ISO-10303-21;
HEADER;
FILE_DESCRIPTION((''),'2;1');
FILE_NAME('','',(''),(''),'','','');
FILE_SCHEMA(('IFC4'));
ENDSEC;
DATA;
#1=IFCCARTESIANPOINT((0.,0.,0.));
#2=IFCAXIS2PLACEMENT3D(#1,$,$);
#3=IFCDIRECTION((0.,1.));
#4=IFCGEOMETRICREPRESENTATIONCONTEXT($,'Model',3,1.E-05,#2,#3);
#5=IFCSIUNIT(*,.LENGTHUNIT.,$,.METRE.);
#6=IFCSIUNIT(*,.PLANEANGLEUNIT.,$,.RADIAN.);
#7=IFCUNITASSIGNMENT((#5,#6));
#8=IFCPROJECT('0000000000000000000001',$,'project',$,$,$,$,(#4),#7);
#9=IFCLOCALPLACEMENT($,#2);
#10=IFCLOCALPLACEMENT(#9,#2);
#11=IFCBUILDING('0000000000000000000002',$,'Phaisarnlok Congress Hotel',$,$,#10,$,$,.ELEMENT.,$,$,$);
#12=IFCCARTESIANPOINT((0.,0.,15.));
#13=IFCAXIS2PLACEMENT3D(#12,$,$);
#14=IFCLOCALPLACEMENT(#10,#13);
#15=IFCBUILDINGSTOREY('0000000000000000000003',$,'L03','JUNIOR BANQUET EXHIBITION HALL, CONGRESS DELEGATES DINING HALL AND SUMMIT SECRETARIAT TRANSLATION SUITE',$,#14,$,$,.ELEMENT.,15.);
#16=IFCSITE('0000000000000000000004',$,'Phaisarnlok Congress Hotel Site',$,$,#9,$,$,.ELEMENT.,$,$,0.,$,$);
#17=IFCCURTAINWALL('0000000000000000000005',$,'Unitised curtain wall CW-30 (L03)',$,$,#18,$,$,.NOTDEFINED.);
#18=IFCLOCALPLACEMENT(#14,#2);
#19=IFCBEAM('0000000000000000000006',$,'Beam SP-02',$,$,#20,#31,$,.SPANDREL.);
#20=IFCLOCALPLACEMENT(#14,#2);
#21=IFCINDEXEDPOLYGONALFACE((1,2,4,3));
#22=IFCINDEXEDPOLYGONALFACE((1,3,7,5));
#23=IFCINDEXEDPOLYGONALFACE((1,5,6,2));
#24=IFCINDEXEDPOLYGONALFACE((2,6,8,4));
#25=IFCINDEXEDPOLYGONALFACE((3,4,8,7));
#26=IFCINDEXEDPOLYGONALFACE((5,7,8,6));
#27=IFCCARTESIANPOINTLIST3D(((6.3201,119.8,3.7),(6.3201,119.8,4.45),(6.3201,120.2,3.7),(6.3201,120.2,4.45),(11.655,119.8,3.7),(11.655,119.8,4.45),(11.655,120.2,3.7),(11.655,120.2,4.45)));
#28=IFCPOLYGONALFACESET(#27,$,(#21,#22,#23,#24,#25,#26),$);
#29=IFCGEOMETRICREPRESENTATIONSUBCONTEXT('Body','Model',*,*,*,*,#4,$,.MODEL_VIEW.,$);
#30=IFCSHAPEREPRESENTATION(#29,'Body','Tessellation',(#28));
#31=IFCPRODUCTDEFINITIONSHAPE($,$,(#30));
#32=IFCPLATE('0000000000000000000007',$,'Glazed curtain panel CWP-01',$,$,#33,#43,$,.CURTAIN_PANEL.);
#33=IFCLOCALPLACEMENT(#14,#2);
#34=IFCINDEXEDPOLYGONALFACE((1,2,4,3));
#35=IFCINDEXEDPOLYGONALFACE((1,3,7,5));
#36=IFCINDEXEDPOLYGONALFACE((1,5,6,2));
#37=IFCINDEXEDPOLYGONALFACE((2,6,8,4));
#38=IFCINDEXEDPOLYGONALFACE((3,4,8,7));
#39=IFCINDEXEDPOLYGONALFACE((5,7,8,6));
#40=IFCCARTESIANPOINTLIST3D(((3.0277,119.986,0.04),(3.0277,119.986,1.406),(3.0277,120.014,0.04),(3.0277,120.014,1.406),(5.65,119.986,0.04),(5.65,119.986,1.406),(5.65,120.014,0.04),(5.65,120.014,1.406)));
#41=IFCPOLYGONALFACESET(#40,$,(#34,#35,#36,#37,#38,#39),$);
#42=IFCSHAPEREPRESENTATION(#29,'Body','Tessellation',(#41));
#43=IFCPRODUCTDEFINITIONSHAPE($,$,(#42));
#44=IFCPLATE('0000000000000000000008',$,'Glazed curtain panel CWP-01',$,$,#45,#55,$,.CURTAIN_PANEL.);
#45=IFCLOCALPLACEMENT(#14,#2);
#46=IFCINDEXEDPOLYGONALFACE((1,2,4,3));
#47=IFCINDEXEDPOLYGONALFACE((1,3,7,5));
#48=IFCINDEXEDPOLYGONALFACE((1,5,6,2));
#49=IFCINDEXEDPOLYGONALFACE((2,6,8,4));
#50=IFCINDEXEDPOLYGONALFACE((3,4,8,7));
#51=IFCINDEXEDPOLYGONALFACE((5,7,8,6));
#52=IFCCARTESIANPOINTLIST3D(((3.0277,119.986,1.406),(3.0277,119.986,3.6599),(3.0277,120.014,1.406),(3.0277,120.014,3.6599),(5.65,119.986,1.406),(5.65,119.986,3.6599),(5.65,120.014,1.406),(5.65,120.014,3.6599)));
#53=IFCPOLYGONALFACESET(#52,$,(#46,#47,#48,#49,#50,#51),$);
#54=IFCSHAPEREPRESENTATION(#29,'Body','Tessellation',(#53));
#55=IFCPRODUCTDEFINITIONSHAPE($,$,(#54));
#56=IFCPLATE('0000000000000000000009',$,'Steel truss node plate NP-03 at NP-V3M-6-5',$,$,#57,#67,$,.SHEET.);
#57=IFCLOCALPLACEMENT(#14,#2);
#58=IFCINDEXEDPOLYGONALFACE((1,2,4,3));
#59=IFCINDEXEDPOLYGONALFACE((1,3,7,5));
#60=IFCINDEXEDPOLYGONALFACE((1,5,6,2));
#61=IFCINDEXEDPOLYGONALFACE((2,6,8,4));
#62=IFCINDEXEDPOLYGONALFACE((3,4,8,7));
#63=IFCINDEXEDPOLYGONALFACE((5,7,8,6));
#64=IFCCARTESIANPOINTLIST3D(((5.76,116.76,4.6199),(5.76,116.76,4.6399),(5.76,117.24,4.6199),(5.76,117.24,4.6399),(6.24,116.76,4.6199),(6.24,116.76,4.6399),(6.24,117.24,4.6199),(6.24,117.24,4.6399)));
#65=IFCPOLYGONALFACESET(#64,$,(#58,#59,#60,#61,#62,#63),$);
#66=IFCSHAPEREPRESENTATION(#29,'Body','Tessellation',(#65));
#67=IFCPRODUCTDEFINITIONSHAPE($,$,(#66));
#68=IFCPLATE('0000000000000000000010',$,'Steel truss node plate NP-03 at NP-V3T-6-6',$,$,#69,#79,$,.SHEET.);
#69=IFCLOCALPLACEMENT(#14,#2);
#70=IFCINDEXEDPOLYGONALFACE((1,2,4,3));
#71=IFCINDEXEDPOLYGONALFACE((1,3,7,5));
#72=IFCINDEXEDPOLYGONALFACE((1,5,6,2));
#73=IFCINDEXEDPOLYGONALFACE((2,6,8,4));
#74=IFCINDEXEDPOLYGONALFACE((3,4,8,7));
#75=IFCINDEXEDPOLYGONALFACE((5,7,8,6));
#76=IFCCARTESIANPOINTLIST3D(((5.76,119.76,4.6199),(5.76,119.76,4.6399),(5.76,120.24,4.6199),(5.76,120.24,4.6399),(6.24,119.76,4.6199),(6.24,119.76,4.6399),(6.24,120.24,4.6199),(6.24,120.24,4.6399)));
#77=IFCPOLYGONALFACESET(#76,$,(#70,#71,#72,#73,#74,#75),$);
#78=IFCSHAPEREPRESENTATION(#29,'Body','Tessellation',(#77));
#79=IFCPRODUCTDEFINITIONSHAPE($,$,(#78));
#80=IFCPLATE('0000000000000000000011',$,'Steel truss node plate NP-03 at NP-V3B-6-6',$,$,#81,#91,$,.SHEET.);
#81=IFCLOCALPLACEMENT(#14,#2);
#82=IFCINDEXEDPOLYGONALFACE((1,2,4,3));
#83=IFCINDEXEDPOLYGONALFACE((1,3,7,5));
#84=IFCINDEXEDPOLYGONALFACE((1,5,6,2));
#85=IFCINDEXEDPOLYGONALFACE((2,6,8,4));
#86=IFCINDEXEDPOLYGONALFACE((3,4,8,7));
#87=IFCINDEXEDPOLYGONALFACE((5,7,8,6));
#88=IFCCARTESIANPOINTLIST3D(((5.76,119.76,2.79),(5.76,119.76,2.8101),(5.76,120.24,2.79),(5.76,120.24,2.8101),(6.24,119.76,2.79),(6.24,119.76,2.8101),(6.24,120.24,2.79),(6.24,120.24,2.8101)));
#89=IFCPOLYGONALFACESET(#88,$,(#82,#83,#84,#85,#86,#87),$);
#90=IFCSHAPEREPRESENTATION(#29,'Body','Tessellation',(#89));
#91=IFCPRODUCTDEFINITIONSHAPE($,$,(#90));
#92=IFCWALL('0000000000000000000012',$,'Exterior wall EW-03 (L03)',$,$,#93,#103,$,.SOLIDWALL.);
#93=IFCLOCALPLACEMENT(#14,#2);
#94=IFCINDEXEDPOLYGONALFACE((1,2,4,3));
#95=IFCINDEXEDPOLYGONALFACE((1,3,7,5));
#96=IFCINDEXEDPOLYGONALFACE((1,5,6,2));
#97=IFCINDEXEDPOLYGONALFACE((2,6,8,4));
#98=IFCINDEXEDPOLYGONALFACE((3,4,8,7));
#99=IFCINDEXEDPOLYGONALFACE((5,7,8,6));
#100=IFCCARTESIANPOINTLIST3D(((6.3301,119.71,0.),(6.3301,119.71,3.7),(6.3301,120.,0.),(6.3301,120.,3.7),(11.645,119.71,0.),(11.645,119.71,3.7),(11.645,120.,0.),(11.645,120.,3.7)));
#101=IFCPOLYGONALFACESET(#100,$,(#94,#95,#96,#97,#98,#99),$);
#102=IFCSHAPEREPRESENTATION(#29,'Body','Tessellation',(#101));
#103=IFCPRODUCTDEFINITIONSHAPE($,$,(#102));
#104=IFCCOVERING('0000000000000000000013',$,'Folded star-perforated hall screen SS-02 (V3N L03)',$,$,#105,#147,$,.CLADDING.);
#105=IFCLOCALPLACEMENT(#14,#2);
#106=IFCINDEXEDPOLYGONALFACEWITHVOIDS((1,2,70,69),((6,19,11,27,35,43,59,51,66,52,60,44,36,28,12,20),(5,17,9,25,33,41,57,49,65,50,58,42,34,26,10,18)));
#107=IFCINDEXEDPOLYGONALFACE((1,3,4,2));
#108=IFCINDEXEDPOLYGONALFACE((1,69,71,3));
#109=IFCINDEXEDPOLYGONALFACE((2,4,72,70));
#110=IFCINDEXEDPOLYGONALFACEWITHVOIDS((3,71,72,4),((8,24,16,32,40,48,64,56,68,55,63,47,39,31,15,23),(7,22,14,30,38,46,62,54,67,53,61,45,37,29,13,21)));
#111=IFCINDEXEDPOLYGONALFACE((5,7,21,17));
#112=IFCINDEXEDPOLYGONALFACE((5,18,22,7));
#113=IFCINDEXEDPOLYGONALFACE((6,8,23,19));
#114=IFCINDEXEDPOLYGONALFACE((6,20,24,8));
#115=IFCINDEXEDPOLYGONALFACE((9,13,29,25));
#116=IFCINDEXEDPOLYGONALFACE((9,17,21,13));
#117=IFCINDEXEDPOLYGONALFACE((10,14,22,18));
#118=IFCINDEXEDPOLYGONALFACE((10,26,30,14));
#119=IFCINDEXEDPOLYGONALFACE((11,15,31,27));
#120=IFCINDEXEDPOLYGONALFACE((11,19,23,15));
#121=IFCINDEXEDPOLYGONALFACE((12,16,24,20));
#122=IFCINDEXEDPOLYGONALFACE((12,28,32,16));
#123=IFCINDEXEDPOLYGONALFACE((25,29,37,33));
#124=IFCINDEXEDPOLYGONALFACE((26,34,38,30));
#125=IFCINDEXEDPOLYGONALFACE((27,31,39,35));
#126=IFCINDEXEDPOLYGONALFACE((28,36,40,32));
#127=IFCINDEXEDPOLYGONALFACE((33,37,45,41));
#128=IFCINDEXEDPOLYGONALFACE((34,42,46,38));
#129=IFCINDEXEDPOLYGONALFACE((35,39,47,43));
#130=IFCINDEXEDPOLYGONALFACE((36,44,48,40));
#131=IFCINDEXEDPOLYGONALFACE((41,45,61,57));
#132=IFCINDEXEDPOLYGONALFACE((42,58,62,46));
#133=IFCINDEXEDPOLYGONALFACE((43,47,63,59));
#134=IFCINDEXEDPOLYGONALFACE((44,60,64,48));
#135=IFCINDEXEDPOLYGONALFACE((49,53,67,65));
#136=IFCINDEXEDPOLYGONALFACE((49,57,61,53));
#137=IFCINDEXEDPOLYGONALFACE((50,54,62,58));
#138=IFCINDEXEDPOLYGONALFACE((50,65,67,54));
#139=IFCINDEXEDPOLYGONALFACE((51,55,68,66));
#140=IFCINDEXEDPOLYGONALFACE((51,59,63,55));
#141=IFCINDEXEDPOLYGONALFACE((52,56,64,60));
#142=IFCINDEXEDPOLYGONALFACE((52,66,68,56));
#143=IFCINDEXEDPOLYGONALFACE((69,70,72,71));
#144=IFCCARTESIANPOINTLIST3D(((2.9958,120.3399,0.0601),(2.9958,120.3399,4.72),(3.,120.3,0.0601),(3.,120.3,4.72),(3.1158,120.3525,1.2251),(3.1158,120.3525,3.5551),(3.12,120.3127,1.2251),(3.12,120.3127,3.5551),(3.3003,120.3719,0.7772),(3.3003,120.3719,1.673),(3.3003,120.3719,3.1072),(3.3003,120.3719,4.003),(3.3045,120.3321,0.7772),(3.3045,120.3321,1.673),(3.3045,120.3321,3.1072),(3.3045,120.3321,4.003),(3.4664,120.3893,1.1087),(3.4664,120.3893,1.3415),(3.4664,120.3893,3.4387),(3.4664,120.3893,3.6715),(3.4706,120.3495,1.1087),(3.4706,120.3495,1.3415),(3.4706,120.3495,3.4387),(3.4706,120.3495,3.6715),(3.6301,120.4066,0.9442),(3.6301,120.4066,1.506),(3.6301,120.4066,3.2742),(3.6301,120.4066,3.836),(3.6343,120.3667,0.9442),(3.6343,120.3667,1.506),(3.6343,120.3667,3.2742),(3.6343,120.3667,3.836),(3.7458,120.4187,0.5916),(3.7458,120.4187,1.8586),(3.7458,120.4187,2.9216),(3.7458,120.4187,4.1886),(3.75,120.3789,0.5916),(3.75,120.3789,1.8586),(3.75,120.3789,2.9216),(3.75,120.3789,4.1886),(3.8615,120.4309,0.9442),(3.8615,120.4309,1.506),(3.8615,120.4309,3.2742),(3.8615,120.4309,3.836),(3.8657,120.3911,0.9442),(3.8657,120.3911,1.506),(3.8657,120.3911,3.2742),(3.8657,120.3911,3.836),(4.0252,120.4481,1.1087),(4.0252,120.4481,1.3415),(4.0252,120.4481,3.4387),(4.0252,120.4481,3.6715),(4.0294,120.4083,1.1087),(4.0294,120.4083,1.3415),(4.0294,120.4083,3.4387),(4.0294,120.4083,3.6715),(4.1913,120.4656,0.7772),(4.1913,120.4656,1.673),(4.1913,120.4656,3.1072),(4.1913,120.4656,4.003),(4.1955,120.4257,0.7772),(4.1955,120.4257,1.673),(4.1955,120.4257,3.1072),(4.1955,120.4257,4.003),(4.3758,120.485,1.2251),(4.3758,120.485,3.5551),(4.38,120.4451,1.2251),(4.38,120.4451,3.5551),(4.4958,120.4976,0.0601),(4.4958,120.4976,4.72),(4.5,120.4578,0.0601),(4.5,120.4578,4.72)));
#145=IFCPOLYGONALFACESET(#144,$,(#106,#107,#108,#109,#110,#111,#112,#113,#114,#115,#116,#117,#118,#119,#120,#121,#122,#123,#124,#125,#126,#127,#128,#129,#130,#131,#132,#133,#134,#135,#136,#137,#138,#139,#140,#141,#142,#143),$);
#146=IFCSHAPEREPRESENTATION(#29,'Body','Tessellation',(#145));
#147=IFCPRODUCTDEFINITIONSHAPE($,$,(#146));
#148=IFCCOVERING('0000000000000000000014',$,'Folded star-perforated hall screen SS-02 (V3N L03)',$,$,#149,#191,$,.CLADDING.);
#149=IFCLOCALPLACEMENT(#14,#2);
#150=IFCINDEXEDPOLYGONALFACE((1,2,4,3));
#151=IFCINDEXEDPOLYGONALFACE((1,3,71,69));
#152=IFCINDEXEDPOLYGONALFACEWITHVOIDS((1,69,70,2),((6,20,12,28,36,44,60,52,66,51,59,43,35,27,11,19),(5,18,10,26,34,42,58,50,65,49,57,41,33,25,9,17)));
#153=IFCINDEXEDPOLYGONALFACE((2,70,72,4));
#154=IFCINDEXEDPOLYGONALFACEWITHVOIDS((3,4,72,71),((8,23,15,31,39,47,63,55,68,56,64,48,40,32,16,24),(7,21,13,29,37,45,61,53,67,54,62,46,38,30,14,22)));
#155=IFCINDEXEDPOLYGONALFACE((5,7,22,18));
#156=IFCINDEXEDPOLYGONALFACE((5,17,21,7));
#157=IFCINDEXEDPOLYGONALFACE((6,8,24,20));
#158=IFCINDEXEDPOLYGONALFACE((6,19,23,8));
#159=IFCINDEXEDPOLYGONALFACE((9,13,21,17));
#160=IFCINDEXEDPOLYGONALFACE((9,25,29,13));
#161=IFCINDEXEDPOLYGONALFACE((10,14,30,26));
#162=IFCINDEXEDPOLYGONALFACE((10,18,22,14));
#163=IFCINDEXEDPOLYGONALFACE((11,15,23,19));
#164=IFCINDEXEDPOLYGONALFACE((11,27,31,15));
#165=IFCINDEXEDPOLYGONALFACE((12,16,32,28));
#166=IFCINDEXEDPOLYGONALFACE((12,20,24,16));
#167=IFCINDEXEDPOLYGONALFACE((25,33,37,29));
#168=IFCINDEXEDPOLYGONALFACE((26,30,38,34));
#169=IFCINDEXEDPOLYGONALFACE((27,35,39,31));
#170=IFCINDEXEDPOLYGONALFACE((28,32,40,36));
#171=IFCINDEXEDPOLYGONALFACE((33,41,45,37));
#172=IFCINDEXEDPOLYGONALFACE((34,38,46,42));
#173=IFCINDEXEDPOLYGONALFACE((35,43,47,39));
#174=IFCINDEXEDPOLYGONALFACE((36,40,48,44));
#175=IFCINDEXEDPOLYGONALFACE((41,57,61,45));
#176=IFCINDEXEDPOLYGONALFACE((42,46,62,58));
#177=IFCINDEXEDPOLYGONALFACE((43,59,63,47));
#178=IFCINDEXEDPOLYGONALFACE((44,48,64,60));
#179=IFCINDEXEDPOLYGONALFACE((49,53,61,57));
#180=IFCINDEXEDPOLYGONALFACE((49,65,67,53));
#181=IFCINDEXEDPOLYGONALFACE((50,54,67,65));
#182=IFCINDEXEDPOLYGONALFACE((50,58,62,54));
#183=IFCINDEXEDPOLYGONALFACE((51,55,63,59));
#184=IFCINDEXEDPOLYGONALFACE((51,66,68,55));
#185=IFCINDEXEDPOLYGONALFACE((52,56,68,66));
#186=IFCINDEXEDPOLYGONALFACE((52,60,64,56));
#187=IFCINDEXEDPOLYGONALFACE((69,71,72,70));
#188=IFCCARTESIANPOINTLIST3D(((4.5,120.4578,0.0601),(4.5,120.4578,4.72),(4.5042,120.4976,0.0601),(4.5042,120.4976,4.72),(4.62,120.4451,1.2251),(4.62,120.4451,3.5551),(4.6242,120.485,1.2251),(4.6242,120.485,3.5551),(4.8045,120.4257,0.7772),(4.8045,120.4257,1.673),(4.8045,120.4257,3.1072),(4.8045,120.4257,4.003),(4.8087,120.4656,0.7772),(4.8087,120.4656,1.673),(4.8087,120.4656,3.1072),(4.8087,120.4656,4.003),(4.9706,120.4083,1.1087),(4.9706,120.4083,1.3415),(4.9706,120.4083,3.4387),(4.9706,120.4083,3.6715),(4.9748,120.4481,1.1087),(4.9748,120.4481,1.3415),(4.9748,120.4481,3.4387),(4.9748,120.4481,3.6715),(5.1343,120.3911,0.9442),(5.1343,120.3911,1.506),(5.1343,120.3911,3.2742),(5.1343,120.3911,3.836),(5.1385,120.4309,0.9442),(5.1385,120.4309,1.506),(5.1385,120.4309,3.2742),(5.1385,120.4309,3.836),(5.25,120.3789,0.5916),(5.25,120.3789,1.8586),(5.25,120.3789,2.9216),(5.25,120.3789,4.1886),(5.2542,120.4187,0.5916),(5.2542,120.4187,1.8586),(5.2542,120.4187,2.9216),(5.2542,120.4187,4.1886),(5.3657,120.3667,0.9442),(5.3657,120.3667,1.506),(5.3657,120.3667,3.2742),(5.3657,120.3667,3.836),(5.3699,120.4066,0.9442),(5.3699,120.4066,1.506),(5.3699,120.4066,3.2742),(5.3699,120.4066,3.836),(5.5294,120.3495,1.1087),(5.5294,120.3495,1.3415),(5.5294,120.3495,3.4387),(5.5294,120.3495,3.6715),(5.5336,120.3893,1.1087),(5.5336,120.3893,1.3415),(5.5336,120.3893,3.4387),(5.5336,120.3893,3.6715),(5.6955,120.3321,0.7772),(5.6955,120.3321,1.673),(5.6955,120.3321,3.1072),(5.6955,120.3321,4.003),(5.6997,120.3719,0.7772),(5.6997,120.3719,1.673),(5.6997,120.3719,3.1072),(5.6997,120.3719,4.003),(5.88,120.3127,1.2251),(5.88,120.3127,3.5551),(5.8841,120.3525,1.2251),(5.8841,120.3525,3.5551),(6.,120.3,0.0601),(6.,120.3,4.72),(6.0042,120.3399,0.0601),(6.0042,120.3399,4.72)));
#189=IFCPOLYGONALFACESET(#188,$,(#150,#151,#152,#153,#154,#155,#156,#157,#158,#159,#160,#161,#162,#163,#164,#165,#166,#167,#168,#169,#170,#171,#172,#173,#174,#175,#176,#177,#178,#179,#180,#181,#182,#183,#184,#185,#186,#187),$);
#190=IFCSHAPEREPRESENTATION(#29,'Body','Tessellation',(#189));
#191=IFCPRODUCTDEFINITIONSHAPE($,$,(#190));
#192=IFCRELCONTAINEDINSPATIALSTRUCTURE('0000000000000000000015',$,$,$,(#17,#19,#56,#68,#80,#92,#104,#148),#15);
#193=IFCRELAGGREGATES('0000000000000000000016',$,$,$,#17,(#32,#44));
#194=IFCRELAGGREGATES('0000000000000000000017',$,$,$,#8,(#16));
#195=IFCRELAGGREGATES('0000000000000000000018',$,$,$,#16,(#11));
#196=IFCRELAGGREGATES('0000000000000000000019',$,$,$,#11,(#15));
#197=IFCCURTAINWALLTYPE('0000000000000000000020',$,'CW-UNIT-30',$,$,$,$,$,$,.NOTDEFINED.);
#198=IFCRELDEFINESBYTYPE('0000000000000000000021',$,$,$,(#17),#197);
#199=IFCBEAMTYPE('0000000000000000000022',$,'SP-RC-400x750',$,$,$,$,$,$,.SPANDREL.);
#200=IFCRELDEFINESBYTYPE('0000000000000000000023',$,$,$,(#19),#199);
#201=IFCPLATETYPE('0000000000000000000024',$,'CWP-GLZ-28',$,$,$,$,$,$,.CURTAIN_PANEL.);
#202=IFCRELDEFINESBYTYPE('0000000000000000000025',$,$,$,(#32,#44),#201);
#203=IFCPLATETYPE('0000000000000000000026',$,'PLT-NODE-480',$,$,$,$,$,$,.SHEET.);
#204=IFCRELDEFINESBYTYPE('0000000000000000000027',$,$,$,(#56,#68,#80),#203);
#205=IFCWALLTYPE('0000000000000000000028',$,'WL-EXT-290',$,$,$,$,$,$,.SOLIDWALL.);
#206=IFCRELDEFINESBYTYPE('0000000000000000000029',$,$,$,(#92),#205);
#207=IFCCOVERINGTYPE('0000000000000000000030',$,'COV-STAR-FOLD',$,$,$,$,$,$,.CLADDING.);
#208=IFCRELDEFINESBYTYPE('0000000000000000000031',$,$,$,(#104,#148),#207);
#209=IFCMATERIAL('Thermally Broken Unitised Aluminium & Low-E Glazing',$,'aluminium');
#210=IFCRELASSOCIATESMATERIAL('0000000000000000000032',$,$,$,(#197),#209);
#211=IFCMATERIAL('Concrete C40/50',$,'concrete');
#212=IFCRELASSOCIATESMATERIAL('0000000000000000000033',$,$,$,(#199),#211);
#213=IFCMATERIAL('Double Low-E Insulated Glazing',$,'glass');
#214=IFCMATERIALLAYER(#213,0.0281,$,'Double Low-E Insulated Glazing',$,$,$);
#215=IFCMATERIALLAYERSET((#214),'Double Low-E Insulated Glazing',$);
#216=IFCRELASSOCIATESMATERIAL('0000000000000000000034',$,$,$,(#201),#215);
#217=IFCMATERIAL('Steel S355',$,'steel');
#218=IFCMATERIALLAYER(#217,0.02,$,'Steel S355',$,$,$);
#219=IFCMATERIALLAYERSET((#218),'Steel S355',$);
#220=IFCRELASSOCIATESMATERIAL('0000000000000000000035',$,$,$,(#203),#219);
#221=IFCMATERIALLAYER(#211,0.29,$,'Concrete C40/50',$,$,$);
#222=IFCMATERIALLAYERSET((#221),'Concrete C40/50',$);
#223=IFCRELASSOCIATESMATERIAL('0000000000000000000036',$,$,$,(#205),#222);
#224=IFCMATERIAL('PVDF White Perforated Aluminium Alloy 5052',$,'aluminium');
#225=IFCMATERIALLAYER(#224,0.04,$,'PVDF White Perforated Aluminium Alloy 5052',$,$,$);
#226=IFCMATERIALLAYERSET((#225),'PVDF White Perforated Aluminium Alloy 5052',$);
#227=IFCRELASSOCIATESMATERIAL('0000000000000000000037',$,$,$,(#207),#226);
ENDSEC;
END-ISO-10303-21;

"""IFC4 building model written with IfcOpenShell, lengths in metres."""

from ifc_helpers import new_model, si_unit, direction, frame, frame_2d, origin, origin_2d, place, context, subcontext, project, spatial, polyline, rectangle, outline, extrude, material, layer, layer_set, material_profile, profile_set, type_object, element, aggregate, save


model = new_model("IFC4")

# Units and contexts
model_context = context("Model", 3, precision=1e-05, world=origin(), true_north=direction((0.0, 1.0)))
body_context = subcontext(model_context, "Body", "Model", "MODEL_VIEW")
ifc_project = project(units=[si_unit("LENGTHUNIT", "METRE"), si_unit("PLANEANGLEUNIT", "RADIAN")], contexts=[model_context])

# Site, building, storey
site_placement = place(None, origin())
site = spatial("IfcSite", under=ifc_project, at=site_placement, Name="Phaisarnlok Congress Hotel Site", CompositionType="ELEMENT", RefElevation=0.0)
building_placement = place(site_placement, origin())
building = spatial("IfcBuilding", under=site, at=building_placement, Name="Phaisarnlok Congress Hotel", CompositionType="ELEMENT")
storey_placement = place(building_placement, frame((0.0, 0.0, 15.0)))
storey = spatial("IfcBuildingStorey", under=building, at=storey_placement, Name="L03", Description="JUNIOR BANQUET EXHIBITION HALL, CONGRESS DELEGATES DINING HALL AND SUMMIT SECRETARIAT TRANSLATION SUITE", CompositionType="ELEMENT", Elevation=15.0)

# Curtain wall
ifc_material_1 = material(Name="Thermally Broken Unitised Aluminium & Low-E Glazing", Category="aluminium")
curtain_wall_type = type_object("IfcCurtainWallType", Name="CW-UNIT-30", PredefinedType="NOTDEFINED", material=ifc_material_1)
curtain_wall_placement = place(storey_placement, origin())
curtain_wall = element("IfcCurtainWall", 1, at=curtain_wall_placement, inside=storey, type_object=curtain_wall_type, Name="Unitised curtain wall CW-30 (L03)", PredefinedType="NOTDEFINED")

# Shared definitions
ifc_material_2 = material(Name="Steel S355", Category="steel")

# Beam
ifc_material_3 = material(Name="Concrete C40/50", Category="concrete")
ifc_material_profile_1 = material_profile(ifc_material_3, rectangle(XDim=0.3999, YDim=0.75, at=origin_2d()), Name="RC 400x750")
ifc_profile_set_1 = profile_set([ifc_material_profile_1], Name="Concrete C40/50")
beam_type = type_object("IfcBeamType", Name="SP-RC-400x750", PredefinedType="SPANDREL", material=ifc_profile_set_1)
beam_placement = place(storey_placement, frame((6.3201, 120.0, 4.075), z_axis=(1.0, 0.0, 0.0), x_axis=(0.0, 1.0, 0.0)))
element("IfcBeam", 2, at=beam_placement, inside=storey, type_object=beam_type, Name="Beam SP-02", PredefinedType="SPANDREL", context=body_context, shape_type="SweptSolid", body=[
    extrude(rectangle(XDim=0.3999, YDim=0.75, at=origin_2d()), origin(), (0.0, 0.0, 1.0), 5.335),
])

# Plates
ifc_material_4 = material(Name="Double Low-E Insulated Glazing", Category="glass")
ifc_layer_1 = layer(ifc_material_4, 0.0281, Name="Double Low-E Insulated Glazing")
ifc_layer_set_1 = layer_set([ifc_layer_1], Name="Double Low-E Insulated Glazing")
plate_type_1 = type_object("IfcPlateType", Name="CWP-GLZ-28", PredefinedType="CURTAIN_PANEL", material=ifc_layer_set_1)
plate_1_placement = place(storey_placement, frame((5.6499, 120.0, 0.04), z_axis=(0.0, 0.0, 1.0), x_axis=(-1.0, 0.0, 0.0)))
plate_1 = element("IfcPlate", 3, at=plate_1_placement, type_object=plate_type_1, Name="Glazed curtain panel CWP-01", PredefinedType="CURTAIN_PANEL", context=body_context, shape_type="SweptSolid", body=[
    extrude(rectangle(XDim=2.6223, YDim=0.0281, at=frame_2d((1.311, 0.0))), origin(), (0.0, 0.0, 1.0), 1.366),
])
plate_2_placement = place(storey_placement, frame((5.6499, 120.0, 1.406), z_axis=(0.0, 0.0, 1.0), x_axis=(-1.0, 0.0, 0.0)))
plate_2 = element("IfcPlate", 4, at=plate_2_placement, type_object=plate_type_1, Name="Glazed curtain panel CWP-01", PredefinedType="CURTAIN_PANEL", context=body_context, shape_type="SweptSolid", body=[
    extrude(rectangle(XDim=2.6223, YDim=0.0281, at=frame_2d((1.311, 0.0))), origin(), (0.0, 0.0, 1.0), 2.2539),
])
aggregate(curtain_wall, [plate_1, plate_2])

# Plates
ifc_layer_2 = layer(ifc_material_2, 0.02, Name="Steel S355")
ifc_layer_set_2 = layer_set([ifc_layer_2], Name="Steel S355")
plate_type_2 = type_object("IfcPlateType", Name="PLT-NODE-480", PredefinedType="SHEET", material=ifc_layer_set_2)
for number, where, z_axis, x_axis, name in (
    (5, (6.0, 117.0, 4.6199), (0.0, 0.0, 1.0), (1.0, 0.0, 0.0), "Steel truss node plate NP-03 at NP-V3M-6-5"),
    (6, (6.0, 120.0, 4.6199), (0.0, 0.0, 1.0), (1.0, 0.0, 0.0), "Steel truss node plate NP-03 at NP-V3T-6-6"),
    (7, (6.0, 120.0, 2.79), (0.0, 0.0, 1.0), (1.0, 0.0, 0.0), "Steel truss node plate NP-03 at NP-V3B-6-6"),
):
    element("IfcPlate", number, at=place(storey_placement, frame(where, z_axis=z_axis, x_axis=x_axis)), inside=storey, type_object=plate_type_2, Name=name, PredefinedType="SHEET", context=body_context, shape_type="SweptSolid", body=[
        extrude(rectangle(XDim=0.48, YDim=0.48, at=origin_2d()), origin(), (0.0, 0.0, 1.0), 0.02),
    ])

# Wall
ifc_layer_3 = layer(ifc_material_3, 0.29, Name="Concrete C40/50")
ifc_layer_set_3 = layer_set([ifc_layer_3], Name="Concrete C40/50")
wall_type = type_object("IfcWallType", Name="WL-EXT-290", PredefinedType="SOLIDWALL", material=ifc_layer_set_3)
wall_placement = place(storey_placement, frame((11.645, 119.855, 0.0), z_axis=(0.0, 0.0, 1.0), x_axis=(-1.0, 0.0, 0.0)))
element("IfcWall", 8, at=wall_placement, inside=storey, type_object=wall_type, Name="Exterior wall EW-03 (L03)", PredefinedType="SOLIDWALL", context=body_context, shape_type="SweptSolid", body=[
    extrude(rectangle(XDim=5.3149, YDim=0.29, at=frame_2d((2.6575, 0.0))), origin(), (0.0, 0.0, 1.0), 3.7),
])

# Coverings
ifc_material_5 = material(Name="PVDF White Perforated Aluminium Alloy 5052", Category="aluminium")
ifc_layer_4 = layer(ifc_material_5, 0.04, Name="PVDF White Perforated Aluminium Alloy 5052")
ifc_layer_set_4 = layer_set([ifc_layer_4], Name="PVDF White Perforated Aluminium Alloy 5052")
covering_type = type_object("IfcCoveringType", Name="COV-STAR-FOLD", PredefinedType="CLADDING", material=ifc_layer_set_4)
for number, where, z_axis, x_axis, name in (
    (9, (4.5, 120.4578, 0.0601), (-0.104567, 0.994518, 0.0), (-0.994518, -0.104567, 0.0), "Folded star-perforated hall screen SS-02 (V3N L03)"),
    (10, (6.0, 120.3, 0.0601), (0.104567, 0.994518, 0.0), (-0.994518, 0.104567, 0.0), "Folded star-perforated hall screen SS-02 (V3N L03)"),
):
    element("IfcCovering", number, at=place(storey_placement, frame(where, z_axis=z_axis, x_axis=x_axis)), inside=storey, type_object=covering_type, Name=name, PredefinedType="CLADDING", context=body_context, shape_type="SweptSolid", body=[
        extrude(outline(polyline([(0.0, 0.0), (1.5083, 0.0), (1.5083, 4.6599), (0.0, 4.6599), (0.0, 0.0)]), holes=[polyline([(1.0351, 1.0486), (1.2021, 0.7171), (0.8705, 0.8841), (0.7541, 0.5315), (0.6378, 0.8841), (0.3062, 0.7171), (0.4732, 1.0486), (0.1207, 1.165), (0.4732, 1.2814), (0.3062, 1.6129), (0.6378, 1.4459), (0.7541, 1.7985), (0.8705, 1.4459), (1.2021, 1.6129), (1.0351, 1.2814), (1.3876, 1.165), (1.0351, 1.0486)]), polyline([(1.0351, 3.3786), (1.2021, 3.0471), (0.8705, 3.2141), (0.7541, 2.8615), (0.6378, 3.2141), (0.3062, 3.0471), (0.4732, 3.3786), (0.1207, 3.495), (0.4732, 3.6114), (0.3062, 3.9429), (0.6378, 3.7759), (0.7541, 4.1285), (0.8705, 3.7759), (1.2021, 3.9429), (1.0351, 3.6114), (1.3876, 3.495), (1.0351, 3.3786)])]), origin(), (0.0, 0.0, 1.0), 0.04),
    ])

save(model, "model.ifc")
